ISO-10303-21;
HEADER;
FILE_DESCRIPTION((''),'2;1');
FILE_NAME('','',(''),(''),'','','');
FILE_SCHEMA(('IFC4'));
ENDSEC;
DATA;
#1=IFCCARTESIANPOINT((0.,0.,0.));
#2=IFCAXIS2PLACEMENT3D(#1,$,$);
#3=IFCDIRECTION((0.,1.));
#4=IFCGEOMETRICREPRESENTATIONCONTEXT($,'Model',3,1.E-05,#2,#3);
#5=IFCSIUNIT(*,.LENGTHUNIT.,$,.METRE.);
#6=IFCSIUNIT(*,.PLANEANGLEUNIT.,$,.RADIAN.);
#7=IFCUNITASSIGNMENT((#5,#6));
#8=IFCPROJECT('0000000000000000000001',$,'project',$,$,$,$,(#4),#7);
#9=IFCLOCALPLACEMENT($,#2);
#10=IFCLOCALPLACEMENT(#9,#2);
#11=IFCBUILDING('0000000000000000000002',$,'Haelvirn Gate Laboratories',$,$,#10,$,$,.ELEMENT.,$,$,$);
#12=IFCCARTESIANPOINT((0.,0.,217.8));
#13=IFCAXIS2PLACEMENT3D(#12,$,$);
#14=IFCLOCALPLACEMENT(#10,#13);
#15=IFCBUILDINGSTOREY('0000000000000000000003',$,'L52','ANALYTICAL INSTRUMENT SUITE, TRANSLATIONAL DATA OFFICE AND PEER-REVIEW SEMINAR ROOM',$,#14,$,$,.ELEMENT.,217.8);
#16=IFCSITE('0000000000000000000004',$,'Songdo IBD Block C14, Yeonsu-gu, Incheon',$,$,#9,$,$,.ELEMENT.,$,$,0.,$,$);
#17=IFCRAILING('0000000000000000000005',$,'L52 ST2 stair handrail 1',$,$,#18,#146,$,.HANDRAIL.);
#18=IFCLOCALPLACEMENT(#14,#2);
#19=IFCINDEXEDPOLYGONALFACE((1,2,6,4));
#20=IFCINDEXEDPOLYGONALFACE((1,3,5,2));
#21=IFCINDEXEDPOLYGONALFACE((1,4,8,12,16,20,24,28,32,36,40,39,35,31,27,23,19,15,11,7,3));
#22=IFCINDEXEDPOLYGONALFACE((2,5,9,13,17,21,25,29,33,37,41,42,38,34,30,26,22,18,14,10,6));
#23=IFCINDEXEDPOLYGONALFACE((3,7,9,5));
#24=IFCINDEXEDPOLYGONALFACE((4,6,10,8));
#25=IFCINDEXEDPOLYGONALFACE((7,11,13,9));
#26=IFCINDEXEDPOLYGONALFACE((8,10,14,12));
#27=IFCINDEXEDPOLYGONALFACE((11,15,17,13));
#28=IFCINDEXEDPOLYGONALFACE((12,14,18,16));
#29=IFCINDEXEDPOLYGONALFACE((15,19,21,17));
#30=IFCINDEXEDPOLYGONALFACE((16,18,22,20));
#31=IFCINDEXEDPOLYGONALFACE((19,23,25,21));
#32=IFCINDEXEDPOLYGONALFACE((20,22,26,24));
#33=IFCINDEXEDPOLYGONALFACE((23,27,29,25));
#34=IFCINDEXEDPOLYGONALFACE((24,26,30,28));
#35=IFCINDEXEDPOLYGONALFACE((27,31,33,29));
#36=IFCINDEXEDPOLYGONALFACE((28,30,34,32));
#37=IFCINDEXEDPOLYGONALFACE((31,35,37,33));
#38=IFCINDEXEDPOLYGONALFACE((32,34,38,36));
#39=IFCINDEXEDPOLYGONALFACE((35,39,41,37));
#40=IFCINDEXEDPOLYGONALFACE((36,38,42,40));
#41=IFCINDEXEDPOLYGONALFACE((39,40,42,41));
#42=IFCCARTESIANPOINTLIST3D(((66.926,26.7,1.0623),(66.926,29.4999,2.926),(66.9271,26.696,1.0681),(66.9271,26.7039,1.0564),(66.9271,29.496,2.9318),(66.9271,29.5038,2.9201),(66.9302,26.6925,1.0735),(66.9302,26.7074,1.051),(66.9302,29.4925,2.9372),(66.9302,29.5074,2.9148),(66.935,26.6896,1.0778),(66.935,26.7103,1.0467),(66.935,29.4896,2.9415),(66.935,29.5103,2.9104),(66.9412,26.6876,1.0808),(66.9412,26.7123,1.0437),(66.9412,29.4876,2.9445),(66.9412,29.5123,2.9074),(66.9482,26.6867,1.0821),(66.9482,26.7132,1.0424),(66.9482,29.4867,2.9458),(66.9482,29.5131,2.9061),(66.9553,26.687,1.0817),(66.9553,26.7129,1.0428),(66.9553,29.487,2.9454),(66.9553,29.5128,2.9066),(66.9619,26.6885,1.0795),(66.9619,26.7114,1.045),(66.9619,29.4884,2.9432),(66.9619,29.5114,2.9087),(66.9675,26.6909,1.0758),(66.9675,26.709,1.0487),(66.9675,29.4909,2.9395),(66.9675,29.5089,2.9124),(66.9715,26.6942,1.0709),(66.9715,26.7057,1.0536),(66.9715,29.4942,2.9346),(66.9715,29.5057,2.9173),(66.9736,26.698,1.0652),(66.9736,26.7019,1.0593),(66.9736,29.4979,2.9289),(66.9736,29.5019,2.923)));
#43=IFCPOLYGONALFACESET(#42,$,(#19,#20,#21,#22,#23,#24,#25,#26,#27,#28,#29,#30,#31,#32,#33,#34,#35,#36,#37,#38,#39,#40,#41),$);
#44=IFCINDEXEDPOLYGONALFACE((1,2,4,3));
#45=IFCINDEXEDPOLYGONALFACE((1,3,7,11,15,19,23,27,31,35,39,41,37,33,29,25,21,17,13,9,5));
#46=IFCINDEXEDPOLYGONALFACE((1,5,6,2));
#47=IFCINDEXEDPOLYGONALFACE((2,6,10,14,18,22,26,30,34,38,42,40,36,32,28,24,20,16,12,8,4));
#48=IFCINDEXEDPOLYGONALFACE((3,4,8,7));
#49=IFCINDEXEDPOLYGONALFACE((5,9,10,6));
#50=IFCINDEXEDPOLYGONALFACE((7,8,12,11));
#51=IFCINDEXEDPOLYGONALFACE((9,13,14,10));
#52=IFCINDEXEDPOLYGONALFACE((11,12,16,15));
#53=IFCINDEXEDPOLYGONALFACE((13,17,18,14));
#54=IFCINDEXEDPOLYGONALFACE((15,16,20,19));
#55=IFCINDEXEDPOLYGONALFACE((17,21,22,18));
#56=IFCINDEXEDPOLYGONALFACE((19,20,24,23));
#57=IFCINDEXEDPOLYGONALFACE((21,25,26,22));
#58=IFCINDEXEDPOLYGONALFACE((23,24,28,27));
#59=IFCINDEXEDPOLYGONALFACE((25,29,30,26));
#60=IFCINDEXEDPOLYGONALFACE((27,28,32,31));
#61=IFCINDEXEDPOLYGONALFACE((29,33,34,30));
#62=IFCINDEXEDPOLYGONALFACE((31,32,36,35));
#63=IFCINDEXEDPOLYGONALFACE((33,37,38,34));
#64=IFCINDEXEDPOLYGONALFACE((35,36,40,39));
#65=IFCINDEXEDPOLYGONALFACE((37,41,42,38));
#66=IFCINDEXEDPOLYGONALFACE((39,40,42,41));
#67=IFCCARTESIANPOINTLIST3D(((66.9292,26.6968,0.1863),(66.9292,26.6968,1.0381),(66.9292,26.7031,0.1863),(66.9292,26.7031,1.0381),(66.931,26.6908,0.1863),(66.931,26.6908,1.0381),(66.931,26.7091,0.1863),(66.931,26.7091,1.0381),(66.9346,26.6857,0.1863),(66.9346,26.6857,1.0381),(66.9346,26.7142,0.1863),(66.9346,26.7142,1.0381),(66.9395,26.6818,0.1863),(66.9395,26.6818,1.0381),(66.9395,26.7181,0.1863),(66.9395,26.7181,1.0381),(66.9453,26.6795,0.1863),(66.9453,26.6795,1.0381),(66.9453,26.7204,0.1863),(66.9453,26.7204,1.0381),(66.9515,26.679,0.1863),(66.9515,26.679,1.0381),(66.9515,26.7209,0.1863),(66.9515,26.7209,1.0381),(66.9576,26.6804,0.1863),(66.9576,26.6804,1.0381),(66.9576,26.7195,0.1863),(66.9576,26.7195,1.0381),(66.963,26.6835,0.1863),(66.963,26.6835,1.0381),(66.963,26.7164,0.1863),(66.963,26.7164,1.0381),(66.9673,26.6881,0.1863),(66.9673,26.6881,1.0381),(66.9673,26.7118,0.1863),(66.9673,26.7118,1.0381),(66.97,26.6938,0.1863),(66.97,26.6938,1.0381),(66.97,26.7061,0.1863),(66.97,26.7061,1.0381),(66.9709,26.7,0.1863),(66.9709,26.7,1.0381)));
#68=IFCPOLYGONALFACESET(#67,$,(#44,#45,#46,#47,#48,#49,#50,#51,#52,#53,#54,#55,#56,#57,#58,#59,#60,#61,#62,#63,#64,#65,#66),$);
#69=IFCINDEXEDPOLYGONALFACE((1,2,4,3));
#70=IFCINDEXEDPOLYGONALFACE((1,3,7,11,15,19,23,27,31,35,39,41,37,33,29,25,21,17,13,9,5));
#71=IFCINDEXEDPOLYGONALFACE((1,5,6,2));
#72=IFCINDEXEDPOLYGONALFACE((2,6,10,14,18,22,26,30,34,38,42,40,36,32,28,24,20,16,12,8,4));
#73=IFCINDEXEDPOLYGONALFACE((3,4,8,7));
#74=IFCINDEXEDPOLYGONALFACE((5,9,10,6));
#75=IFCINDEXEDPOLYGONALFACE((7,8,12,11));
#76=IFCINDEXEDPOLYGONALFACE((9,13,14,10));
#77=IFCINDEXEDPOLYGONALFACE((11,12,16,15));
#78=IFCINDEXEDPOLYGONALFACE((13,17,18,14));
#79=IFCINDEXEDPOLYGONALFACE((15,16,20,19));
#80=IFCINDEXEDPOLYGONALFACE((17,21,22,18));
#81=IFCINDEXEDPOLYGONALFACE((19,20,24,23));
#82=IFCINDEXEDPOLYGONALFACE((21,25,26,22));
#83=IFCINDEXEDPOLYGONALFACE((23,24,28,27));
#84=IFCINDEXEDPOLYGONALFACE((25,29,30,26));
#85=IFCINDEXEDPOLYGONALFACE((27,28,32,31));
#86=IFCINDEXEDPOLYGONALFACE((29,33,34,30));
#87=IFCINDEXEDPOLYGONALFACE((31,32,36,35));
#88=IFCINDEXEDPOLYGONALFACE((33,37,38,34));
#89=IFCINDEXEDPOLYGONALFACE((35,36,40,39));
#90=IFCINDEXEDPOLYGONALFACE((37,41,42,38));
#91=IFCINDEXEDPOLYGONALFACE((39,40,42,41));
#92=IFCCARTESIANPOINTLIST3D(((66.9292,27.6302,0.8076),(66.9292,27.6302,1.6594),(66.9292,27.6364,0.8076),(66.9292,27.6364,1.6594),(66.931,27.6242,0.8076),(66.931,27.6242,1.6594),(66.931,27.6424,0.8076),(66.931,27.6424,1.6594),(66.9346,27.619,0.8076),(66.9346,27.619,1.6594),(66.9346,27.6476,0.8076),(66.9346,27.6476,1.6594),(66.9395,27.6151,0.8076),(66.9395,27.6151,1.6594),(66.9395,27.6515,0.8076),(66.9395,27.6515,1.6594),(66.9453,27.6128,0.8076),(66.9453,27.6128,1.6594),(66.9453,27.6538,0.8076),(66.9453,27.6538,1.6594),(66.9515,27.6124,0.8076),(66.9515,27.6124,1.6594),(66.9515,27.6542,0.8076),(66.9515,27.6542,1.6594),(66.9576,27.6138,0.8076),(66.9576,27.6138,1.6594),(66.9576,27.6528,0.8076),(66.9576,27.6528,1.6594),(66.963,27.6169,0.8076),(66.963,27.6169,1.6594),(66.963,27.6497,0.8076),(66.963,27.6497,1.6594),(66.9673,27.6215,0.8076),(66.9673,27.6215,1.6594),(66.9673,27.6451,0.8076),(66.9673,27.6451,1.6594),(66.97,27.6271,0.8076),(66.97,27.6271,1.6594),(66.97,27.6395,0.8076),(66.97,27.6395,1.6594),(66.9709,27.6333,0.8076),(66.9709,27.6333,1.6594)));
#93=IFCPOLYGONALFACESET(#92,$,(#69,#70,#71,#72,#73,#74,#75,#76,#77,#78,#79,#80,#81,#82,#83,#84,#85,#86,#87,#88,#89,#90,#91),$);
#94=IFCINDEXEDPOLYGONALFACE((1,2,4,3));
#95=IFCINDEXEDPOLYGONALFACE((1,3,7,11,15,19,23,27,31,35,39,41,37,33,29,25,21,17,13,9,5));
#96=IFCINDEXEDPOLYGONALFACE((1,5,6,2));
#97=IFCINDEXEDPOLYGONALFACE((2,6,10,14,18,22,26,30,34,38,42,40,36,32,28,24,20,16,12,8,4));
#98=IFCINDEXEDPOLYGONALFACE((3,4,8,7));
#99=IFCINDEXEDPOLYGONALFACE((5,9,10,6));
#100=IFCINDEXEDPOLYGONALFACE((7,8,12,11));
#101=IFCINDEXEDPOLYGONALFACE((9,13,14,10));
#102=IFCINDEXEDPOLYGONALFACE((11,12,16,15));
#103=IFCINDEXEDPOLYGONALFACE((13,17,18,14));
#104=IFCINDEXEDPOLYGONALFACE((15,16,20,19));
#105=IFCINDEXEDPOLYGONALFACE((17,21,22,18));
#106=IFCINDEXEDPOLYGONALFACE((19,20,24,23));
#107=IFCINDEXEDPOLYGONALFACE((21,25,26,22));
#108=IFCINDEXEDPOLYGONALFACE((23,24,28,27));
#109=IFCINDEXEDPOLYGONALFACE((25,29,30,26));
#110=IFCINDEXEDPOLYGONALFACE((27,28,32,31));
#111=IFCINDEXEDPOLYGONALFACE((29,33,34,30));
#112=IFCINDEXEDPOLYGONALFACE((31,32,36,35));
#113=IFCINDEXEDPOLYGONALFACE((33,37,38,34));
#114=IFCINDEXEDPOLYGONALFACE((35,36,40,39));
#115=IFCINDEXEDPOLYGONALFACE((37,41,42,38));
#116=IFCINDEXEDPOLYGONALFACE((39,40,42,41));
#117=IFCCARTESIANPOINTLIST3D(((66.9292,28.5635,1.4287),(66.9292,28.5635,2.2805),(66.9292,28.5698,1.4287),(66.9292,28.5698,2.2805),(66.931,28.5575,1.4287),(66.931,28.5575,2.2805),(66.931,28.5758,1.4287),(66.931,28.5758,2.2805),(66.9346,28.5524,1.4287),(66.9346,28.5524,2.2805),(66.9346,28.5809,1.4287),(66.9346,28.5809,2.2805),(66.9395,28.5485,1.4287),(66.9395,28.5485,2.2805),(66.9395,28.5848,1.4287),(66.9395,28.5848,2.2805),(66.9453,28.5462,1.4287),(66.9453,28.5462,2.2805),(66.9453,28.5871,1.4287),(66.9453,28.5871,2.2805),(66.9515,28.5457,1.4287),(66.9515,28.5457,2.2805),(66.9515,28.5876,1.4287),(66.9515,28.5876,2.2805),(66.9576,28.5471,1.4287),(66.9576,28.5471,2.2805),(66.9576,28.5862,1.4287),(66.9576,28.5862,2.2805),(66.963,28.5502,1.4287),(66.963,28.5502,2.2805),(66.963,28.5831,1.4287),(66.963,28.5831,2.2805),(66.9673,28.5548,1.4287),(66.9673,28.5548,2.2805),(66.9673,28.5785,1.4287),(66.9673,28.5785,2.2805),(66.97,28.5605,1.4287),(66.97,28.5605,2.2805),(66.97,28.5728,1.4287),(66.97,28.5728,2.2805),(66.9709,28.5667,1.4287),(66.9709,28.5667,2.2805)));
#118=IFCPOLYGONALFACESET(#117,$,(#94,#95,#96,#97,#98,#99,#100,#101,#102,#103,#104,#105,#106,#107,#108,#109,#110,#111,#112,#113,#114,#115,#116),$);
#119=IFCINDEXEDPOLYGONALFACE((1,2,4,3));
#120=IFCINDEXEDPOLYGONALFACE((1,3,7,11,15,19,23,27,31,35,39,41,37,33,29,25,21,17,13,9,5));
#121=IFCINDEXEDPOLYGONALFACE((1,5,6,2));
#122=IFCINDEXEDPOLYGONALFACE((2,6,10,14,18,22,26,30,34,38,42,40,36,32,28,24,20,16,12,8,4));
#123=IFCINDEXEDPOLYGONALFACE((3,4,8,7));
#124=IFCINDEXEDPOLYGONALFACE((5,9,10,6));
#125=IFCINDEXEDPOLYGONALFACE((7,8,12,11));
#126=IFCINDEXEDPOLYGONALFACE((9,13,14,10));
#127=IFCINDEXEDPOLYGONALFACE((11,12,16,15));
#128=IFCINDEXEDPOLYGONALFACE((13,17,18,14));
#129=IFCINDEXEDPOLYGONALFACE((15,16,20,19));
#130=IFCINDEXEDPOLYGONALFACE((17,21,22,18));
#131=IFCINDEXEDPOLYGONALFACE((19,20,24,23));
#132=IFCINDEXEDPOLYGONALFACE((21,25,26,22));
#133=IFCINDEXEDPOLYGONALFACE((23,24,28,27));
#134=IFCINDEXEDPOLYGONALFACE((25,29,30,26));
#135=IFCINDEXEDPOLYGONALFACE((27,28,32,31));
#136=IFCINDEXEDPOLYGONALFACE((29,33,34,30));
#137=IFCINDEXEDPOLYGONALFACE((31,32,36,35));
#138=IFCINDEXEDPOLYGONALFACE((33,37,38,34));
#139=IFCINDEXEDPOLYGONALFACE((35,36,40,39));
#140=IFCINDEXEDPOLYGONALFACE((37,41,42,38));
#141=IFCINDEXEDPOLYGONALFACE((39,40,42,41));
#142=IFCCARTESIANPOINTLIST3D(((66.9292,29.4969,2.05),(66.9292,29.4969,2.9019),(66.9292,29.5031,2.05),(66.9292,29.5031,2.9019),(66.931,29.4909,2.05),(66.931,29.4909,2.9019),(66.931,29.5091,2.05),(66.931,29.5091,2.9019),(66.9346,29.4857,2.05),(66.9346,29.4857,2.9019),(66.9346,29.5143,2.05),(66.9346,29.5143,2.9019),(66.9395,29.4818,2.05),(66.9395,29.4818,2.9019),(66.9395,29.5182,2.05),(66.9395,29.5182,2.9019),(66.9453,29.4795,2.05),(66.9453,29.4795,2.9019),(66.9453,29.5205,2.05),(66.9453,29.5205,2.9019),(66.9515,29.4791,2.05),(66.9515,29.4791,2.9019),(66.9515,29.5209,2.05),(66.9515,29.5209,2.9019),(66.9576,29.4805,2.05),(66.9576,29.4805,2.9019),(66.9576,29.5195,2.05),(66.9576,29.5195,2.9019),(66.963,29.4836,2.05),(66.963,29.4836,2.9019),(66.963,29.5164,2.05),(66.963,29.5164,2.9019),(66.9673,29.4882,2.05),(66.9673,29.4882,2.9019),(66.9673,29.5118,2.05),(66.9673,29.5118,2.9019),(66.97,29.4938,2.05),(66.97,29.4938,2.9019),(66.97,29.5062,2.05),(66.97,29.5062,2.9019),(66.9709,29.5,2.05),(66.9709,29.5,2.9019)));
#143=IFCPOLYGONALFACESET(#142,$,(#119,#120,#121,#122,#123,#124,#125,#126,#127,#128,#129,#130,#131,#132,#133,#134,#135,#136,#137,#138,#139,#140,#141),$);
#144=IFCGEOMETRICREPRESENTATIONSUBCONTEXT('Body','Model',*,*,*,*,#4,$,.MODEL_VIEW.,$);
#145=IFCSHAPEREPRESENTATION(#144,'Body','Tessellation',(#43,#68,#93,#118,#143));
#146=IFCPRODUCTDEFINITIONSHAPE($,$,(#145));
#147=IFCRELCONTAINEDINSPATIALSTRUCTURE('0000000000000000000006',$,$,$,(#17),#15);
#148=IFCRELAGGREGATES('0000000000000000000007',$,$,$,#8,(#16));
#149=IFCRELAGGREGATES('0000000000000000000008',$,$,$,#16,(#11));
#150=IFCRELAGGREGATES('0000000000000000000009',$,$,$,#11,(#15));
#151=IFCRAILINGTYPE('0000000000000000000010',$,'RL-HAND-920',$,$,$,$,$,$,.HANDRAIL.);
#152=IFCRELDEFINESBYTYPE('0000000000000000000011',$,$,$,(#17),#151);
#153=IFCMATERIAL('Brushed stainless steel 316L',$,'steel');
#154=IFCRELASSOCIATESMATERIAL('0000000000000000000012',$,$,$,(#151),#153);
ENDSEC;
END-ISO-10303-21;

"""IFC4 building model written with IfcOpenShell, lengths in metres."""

from ifc_helpers import new_model, si_unit, direction, frame, origin, origin_2d, place, context, subcontext, project, spatial, circle, extrude, source, transform, mapped, material, type_object, element, save


model = new_model("IFC4")

# Units and contexts
model_context = context("Model", 3, precision=1e-05, world=origin(), true_north=direction((0.0, 1.0)))
body_context = subcontext(model_context, "Body", "Model", "MODEL_VIEW")
ifc_project = project(units=[si_unit("LENGTHUNIT", "METRE"), si_unit("PLANEANGLEUNIT", "RADIAN")], contexts=[model_context])

# Site, building, storey
site_placement = place(None, origin())
site = spatial("IfcSite", under=ifc_project, at=site_placement, Name="Songdo IBD Block C14, Yeonsu-gu, Incheon", CompositionType="ELEMENT", RefElevation=0.0)
building_placement = place(site_placement, origin())
building = spatial("IfcBuilding", under=site, at=building_placement, Name="Haelvirn Gate Laboratories", CompositionType="ELEMENT")
storey_placement = place(building_placement, frame((0.0, 0.0, 217.8)))
storey = spatial("IfcBuildingStorey", under=building, at=storey_placement, Name="L52", Description="ANALYTICAL INSTRUMENT SUITE, TRANSLATIONAL DATA OFFICE AND PEER-REVIEW SEMINAR ROOM", CompositionType="ELEMENT", Elevation=217.8)

# Railing
ifc_material_1 = material(Name="Brushed stainless steel 316L", Category="steel")
railing_type_1 = type_object("IfcRailingType", Name="RL-HAND-920", PredefinedType="HANDRAIL", material=ifc_material_1)
shared_shape_1 = source(origin(), body_context, "Body", "SweptSolid", [
    extrude(circle(Radius=0.0239, at=origin_2d()), frame((0.0, 0.0, 0.876), z_axis=(0.0, 0.832452, 0.554097), x_axis=(-1.0, 0.0, 0.0)), (0.0, 0.0, 1.0), 3.3635),
    extrude(circle(Radius=0.021, at=origin_2d()), origin(), (0.0, 0.0, 1.0), 0.8518),
    extrude(circle(Radius=0.021, at=origin_2d()), frame((0.0, 0.9333, 0.6213)), (0.0, 0.0, 1.0), 0.8518),
    extrude(circle(Radius=0.021, at=origin_2d()), frame((0.0, 1.8667, 1.2424)), (0.0, 0.0, 1.0), 0.8518),
    extrude(circle(Radius=0.021, at=origin_2d()), frame((0.0, 2.8, 1.8638)), (0.0, 0.0, 1.0), 0.8518),
])
railing_1_placement = place(storey_placement, frame((66.95, 26.7, 0.1863)))
element("IfcRailing", 1, at=railing_1_placement, inside=storey, type_object=railing_type_1, Name="L52 ST2 stair handrail 1", PredefinedType="HANDRAIL", context=body_context, shape_type="MappedRepresentation", body=[
    mapped(shared_shape_1, transform((0.0, 0.0, 0.0), scale=1.0)),
])

save(model, "model.ifc")
